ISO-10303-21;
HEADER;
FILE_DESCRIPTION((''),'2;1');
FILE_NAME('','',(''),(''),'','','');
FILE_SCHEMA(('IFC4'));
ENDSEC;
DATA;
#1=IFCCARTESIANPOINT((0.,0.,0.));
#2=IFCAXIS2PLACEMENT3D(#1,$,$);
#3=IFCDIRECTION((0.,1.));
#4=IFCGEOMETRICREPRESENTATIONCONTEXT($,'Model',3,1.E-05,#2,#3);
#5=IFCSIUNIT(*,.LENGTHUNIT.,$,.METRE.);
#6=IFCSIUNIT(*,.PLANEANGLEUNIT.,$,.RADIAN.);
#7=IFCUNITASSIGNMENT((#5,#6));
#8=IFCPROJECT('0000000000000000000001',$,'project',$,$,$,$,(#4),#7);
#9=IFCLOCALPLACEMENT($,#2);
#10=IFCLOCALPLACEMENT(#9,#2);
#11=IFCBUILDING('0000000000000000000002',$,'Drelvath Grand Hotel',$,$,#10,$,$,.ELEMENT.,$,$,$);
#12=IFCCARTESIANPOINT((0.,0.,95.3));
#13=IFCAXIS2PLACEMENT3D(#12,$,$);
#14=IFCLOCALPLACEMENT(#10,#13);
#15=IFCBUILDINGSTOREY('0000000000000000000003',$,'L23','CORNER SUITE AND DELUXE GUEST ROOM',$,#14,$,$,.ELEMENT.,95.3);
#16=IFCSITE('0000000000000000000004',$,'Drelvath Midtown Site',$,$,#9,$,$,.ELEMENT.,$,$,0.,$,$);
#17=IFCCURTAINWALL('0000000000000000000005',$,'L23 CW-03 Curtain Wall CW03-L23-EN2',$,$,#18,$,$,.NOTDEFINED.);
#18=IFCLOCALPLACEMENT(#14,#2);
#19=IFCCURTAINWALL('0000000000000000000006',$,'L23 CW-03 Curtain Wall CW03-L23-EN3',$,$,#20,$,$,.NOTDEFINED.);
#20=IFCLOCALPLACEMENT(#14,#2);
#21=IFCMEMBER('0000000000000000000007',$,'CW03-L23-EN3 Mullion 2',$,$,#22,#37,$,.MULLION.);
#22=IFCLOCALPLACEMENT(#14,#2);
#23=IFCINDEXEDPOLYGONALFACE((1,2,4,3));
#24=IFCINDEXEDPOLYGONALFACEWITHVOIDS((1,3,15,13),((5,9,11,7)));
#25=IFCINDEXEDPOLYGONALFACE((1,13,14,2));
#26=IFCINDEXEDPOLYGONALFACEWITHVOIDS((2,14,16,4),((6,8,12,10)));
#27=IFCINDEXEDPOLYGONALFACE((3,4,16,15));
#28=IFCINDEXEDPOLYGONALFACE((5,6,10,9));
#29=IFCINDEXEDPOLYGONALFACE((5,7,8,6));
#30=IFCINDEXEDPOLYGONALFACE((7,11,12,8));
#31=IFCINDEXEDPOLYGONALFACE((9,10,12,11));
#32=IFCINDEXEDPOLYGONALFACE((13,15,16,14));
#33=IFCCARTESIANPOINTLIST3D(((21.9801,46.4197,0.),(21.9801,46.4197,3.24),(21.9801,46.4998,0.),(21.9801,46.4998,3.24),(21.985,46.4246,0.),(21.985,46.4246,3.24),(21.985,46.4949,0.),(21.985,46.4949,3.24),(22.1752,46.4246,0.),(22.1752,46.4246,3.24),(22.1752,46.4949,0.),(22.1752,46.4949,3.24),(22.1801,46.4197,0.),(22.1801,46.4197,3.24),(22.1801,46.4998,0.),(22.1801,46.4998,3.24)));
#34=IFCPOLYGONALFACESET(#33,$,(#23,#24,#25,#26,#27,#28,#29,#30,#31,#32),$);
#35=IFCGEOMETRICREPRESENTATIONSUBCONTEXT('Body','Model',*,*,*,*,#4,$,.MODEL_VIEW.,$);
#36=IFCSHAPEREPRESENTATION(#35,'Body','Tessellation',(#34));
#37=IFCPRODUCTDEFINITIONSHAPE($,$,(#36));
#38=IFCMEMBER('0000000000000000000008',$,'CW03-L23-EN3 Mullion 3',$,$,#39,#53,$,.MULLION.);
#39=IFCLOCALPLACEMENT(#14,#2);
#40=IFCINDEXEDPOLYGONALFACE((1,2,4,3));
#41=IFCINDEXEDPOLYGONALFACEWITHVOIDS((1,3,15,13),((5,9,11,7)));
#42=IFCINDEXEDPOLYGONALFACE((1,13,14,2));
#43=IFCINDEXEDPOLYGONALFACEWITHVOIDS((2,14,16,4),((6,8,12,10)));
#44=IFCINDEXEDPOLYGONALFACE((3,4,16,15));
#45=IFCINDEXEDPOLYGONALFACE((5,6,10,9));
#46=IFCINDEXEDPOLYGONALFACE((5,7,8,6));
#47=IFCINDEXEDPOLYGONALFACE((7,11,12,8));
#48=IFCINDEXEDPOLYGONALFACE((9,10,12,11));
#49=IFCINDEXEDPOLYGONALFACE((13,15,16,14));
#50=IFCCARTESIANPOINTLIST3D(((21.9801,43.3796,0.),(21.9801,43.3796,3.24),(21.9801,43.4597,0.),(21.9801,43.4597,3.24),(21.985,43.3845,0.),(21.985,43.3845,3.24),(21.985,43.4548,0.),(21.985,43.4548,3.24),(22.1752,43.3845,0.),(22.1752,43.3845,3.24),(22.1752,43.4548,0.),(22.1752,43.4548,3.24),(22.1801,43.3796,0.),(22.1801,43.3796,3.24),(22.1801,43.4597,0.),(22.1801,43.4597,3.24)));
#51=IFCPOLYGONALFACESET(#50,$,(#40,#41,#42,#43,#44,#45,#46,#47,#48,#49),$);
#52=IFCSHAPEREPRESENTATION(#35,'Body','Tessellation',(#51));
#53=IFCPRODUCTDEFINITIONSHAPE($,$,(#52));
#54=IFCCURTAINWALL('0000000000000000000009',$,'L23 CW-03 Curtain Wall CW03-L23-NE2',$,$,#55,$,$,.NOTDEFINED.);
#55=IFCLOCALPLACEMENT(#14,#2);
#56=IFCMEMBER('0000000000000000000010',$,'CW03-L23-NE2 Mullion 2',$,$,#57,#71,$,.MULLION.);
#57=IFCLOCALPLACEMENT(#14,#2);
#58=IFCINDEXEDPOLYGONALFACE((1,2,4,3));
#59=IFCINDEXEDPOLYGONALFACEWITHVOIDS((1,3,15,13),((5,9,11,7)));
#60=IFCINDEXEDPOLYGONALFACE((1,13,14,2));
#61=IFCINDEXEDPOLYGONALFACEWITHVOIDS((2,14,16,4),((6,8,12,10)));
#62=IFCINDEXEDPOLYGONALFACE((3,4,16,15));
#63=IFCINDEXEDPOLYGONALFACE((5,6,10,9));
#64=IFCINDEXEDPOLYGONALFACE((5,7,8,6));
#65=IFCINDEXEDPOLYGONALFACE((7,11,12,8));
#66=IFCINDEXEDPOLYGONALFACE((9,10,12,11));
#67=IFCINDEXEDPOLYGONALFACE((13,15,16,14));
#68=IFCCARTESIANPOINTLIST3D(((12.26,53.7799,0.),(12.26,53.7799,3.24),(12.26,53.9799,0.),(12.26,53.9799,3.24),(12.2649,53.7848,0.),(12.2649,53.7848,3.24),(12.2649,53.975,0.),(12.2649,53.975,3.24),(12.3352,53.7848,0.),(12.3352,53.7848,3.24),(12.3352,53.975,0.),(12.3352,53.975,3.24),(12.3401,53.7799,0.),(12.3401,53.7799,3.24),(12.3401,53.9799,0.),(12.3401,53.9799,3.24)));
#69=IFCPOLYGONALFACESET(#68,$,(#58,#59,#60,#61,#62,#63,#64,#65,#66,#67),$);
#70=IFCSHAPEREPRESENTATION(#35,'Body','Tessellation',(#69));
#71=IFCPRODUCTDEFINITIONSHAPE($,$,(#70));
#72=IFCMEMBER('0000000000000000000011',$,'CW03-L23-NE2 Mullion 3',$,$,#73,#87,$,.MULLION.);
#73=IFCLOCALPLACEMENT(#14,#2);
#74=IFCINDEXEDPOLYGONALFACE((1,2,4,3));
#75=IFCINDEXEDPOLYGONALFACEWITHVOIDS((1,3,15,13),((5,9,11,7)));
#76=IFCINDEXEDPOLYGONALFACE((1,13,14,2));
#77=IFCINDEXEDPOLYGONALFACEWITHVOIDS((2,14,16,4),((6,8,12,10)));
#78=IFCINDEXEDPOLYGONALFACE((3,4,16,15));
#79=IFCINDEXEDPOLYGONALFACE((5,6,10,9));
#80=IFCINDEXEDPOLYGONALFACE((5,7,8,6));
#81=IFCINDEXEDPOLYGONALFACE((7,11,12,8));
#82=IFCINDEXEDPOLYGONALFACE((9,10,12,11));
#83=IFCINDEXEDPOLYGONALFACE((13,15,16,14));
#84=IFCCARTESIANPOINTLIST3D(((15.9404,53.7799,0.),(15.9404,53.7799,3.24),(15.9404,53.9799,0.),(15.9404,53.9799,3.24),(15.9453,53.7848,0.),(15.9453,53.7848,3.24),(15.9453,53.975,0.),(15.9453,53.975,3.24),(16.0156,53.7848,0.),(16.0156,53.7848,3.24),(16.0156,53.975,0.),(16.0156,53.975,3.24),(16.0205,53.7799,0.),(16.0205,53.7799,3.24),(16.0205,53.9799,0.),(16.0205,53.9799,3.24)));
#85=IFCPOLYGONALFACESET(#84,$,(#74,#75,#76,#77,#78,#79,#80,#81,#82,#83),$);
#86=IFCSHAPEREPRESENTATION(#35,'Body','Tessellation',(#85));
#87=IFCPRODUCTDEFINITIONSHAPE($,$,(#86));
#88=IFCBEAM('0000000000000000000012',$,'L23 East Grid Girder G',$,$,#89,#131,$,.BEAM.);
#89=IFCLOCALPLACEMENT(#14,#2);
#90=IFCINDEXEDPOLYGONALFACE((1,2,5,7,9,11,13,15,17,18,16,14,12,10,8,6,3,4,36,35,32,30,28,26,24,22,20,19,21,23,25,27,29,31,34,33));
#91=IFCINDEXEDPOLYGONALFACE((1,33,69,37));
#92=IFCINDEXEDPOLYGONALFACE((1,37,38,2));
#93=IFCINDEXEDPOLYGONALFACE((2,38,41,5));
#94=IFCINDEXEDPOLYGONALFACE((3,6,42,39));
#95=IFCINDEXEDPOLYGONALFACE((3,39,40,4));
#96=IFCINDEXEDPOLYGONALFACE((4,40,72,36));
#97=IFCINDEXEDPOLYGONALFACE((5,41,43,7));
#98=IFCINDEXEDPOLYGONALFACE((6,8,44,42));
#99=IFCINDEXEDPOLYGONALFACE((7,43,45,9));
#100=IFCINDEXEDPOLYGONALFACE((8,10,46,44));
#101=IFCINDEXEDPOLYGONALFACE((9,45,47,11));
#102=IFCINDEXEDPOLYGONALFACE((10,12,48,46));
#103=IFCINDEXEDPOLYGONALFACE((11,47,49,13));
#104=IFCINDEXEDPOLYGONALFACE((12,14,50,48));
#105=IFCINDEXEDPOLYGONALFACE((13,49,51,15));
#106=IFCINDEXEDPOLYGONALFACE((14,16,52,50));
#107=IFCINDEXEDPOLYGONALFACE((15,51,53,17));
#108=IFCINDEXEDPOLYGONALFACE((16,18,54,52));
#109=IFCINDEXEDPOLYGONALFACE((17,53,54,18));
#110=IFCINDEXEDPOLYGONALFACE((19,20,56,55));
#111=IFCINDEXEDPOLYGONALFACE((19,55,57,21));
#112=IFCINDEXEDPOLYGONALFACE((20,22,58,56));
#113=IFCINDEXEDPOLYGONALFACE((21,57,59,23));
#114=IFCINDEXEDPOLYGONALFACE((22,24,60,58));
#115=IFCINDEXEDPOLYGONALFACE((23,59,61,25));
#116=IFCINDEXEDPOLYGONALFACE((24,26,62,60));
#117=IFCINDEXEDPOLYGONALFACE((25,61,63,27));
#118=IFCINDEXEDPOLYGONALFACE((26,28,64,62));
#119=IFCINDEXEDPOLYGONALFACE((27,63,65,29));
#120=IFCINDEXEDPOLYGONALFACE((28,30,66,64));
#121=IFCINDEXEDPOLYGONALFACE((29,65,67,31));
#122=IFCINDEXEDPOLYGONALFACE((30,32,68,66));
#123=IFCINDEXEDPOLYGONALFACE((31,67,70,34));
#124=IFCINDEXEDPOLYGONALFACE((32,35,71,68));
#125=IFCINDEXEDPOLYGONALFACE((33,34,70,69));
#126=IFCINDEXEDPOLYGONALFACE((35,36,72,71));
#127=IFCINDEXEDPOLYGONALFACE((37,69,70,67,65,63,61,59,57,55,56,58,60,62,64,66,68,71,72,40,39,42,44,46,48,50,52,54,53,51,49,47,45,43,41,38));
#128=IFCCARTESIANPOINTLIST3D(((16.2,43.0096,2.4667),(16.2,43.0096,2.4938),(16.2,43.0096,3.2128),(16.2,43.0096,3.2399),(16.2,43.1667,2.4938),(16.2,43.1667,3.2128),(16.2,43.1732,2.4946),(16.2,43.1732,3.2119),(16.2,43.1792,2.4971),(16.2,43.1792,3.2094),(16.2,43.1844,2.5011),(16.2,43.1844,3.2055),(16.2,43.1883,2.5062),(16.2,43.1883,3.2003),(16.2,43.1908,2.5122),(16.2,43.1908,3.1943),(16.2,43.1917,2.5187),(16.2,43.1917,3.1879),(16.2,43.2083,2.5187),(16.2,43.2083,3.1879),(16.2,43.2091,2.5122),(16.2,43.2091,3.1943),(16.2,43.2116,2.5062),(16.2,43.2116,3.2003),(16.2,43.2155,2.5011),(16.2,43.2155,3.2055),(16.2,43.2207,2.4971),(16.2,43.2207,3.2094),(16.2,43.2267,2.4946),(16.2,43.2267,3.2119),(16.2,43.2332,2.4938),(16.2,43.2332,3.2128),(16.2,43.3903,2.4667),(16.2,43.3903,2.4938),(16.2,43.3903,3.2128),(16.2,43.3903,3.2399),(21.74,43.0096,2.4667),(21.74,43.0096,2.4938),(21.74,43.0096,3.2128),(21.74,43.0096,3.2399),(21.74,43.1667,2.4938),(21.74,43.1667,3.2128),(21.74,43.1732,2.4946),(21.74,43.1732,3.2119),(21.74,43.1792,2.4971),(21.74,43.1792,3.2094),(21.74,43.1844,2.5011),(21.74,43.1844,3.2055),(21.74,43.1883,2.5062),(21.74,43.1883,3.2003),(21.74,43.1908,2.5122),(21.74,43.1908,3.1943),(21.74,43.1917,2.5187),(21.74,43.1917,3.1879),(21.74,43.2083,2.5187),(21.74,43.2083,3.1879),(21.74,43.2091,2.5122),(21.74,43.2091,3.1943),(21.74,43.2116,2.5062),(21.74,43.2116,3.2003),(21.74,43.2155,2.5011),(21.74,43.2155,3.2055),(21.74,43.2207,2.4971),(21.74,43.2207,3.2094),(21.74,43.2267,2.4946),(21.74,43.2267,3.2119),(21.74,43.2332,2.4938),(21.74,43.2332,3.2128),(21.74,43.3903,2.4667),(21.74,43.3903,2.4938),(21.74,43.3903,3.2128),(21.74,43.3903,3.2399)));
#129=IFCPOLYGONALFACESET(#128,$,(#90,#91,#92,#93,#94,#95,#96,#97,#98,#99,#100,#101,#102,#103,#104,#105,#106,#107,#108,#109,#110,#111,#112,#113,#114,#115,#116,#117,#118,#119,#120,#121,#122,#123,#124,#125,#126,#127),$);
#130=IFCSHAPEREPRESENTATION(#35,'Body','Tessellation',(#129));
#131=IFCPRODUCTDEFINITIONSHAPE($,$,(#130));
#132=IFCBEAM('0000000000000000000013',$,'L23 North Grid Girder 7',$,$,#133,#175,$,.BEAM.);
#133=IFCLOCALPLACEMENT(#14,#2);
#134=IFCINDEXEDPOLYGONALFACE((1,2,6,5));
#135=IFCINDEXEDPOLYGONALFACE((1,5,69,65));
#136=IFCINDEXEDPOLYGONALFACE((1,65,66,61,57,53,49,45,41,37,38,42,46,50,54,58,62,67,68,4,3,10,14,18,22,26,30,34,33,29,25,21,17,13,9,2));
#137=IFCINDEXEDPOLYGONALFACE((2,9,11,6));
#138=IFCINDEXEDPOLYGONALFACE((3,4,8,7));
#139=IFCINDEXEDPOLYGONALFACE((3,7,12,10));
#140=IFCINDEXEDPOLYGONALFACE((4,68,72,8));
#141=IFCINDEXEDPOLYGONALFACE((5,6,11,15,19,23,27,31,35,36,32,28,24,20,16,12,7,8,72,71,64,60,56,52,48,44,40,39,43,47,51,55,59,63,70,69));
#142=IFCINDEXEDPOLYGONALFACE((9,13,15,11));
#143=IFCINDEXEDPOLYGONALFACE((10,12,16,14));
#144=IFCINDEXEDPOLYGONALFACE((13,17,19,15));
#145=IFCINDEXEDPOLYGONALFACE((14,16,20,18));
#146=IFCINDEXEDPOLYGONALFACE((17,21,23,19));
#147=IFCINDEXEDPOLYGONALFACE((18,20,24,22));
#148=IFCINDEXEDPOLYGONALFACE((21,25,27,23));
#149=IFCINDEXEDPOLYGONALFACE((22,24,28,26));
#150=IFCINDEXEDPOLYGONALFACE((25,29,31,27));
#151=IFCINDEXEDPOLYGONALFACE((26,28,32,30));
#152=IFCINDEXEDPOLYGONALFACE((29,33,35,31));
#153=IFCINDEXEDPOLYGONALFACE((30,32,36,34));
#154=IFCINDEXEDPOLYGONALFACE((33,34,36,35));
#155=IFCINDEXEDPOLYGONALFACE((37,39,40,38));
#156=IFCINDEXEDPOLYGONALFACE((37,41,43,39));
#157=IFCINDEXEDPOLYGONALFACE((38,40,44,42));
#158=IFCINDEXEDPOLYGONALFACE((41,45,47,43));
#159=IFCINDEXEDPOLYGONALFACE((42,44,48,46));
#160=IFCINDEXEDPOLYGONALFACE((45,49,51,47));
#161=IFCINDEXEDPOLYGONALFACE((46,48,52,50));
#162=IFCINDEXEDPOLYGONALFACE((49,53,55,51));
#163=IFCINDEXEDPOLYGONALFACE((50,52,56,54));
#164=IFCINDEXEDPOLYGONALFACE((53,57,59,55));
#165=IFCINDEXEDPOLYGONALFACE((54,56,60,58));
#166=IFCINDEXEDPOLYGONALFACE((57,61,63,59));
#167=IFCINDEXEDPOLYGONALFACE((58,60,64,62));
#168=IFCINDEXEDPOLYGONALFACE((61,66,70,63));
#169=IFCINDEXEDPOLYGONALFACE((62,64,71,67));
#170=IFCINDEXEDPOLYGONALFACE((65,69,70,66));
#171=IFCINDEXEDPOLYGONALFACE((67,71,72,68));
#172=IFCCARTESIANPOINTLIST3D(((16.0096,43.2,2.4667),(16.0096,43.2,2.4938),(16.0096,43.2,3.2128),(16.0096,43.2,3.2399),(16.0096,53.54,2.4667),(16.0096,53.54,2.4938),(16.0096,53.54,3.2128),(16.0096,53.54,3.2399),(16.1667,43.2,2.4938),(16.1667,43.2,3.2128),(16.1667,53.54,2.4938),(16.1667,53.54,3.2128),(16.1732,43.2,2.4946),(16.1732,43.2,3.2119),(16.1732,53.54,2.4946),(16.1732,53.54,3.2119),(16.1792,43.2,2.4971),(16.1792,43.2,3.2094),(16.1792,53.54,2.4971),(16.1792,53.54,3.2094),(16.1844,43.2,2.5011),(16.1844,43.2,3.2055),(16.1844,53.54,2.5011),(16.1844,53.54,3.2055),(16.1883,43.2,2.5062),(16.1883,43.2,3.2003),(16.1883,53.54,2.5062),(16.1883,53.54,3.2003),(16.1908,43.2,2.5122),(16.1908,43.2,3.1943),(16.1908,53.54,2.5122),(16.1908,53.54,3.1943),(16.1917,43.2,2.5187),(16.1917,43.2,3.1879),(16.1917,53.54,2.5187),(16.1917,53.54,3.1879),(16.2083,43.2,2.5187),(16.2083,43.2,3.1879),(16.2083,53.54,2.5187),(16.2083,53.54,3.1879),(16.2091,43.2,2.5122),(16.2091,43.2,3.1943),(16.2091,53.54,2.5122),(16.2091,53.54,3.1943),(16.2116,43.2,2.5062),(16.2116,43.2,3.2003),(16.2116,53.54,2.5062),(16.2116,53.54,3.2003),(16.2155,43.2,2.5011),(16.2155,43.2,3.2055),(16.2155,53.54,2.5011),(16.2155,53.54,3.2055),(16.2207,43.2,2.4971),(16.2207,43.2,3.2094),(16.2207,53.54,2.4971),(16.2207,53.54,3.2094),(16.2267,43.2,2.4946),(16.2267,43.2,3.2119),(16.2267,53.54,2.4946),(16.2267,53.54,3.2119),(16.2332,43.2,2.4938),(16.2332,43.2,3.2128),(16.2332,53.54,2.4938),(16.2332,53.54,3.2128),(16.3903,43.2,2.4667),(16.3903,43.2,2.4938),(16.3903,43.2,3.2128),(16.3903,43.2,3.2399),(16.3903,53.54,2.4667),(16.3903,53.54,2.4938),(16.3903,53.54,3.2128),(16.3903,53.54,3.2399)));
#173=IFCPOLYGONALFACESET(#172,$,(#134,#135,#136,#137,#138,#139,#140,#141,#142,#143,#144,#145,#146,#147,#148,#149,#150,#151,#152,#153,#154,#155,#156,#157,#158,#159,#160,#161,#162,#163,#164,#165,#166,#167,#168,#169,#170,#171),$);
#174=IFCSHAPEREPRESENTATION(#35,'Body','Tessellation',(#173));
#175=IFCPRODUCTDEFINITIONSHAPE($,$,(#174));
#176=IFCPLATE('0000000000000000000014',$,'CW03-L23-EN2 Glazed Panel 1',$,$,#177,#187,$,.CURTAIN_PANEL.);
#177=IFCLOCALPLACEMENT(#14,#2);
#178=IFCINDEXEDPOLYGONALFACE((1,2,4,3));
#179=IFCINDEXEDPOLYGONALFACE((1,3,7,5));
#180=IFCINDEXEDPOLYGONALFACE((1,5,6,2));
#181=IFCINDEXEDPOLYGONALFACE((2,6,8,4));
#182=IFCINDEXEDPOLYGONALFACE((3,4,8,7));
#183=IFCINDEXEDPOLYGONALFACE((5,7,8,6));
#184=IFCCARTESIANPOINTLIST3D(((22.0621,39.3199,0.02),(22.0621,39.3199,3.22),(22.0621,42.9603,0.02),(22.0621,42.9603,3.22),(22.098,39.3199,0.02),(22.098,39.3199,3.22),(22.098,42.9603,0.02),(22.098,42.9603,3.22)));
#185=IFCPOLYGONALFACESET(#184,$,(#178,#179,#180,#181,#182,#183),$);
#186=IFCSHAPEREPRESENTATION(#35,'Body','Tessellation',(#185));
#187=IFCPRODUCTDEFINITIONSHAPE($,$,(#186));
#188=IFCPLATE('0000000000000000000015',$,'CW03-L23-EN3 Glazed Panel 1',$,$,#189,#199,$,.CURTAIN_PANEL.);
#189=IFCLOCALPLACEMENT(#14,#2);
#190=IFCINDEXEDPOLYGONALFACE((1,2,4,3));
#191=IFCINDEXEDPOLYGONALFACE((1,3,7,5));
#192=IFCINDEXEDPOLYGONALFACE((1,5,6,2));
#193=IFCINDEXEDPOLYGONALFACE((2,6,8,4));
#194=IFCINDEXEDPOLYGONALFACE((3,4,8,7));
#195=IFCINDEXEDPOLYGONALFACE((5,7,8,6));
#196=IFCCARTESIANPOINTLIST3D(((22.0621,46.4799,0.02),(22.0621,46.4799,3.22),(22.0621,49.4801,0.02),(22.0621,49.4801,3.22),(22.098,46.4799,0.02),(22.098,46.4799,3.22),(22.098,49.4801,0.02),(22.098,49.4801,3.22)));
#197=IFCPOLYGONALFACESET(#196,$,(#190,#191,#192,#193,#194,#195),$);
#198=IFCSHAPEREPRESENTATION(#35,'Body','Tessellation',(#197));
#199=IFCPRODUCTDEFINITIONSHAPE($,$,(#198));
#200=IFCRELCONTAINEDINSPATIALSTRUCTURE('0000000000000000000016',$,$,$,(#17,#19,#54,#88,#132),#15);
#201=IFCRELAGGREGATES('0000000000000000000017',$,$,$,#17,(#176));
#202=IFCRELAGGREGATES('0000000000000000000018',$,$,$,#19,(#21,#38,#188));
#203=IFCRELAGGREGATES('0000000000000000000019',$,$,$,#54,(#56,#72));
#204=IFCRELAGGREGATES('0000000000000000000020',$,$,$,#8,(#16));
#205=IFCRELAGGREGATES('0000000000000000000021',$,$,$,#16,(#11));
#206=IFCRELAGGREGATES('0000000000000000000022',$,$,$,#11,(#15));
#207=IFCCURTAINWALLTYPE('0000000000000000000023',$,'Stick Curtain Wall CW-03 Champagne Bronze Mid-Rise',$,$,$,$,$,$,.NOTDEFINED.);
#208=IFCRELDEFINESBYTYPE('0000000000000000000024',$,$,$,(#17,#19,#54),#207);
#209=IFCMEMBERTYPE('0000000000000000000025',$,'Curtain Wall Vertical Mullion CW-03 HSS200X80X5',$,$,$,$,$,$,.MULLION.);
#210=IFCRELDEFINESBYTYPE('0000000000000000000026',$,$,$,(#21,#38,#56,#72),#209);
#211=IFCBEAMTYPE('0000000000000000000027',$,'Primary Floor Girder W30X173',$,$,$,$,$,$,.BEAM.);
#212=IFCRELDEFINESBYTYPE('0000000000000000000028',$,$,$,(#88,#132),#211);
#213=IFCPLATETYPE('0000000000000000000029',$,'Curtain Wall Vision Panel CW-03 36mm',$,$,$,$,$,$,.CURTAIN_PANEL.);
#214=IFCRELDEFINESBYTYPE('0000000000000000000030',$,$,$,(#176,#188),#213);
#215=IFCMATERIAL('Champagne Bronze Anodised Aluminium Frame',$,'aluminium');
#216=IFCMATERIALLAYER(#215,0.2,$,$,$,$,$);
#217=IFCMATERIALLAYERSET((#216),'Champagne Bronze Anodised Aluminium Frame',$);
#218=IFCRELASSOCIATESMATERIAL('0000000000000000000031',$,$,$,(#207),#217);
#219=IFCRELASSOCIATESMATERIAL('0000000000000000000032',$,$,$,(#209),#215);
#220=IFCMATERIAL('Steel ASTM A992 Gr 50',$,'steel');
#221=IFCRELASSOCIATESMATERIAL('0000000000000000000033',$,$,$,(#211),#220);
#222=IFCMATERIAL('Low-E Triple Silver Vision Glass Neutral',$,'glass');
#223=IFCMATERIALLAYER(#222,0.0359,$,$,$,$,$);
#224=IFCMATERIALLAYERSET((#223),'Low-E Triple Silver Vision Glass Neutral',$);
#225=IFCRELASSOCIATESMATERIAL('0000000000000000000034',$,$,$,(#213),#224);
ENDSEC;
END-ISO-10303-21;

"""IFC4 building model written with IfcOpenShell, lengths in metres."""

from ifc_helpers import new_model, si_unit, direction, frame, origin, origin_2d, place, context, subcontext, project, spatial, rectangle, hollow_rectangle, i_section, extrude, material, layer, layer_set, material_profile, profile_set, type_object, element, aggregate, save


model = new_model("IFC4")

# Units and contexts
model_context = context("Model", 3, precision=1e-05, world=origin(), true_north=direction((0.0, 1.0)))
body_context = subcontext(model_context, "Body", "Model", "MODEL_VIEW")
ifc_project = project(units=[si_unit("LENGTHUNIT", "METRE"), si_unit("PLANEANGLEUNIT", "RADIAN")], contexts=[model_context])

# Site, building, storey
site_placement = place(None, origin())
site = spatial("IfcSite", under=ifc_project, at=site_placement, Name="Drelvath Midtown Site", CompositionType="ELEMENT", RefElevation=0.0)
building_placement = place(site_placement, origin())
building = spatial("IfcBuilding", under=site, at=building_placement, Name="Drelvath Grand Hotel", CompositionType="ELEMENT")
storey_placement = place(building_placement, frame((0.0, 0.0, 95.3)))
storey = spatial("IfcBuildingStorey", under=building, at=storey_placement, Name="L23", Description="CORNER SUITE AND DELUXE GUEST ROOM", CompositionType="ELEMENT", Elevation=95.3)

# Curtain walls
ifc_material_1 = material(Name="Champagne Bronze Anodised Aluminium Frame", Category="aluminium")
ifc_layer_1 = layer(ifc_material_1, 0.2)
ifc_layer_set_1 = layer_set([ifc_layer_1], Name="Champagne Bronze Anodised Aluminium Frame")
curtain_wall_type = type_object("IfcCurtainWallType", Name="Stick Curtain Wall CW-03 Champagne Bronze Mid-Rise", PredefinedType="NOTDEFINED", material=ifc_layer_set_1)
curtain_wall_1_placement = place(storey_placement, origin())
curtain_wall_1 = element("IfcCurtainWall", 1, at=curtain_wall_1_placement, inside=storey, type_object=curtain_wall_type, Name="L23 CW-03 Curtain Wall CW03-L23-EN2", PredefinedType="NOTDEFINED")
curtain_wall_2_placement = place(storey_placement, origin())
curtain_wall_2 = element("IfcCurtainWall", 2, at=curtain_wall_2_placement, inside=storey, type_object=curtain_wall_type, Name="L23 CW-03 Curtain Wall CW03-L23-EN3", PredefinedType="NOTDEFINED")

# Members
ifc_material_profile_1 = material_profile(ifc_material_1, hollow_rectangle(XDim=0.0801, YDim=0.2, WallThickness=0.0049, at=origin_2d()), Name="HSS200X80X5")
ifc_profile_set_1 = profile_set([ifc_material_profile_1], Name="Champagne Bronze Anodised Aluminium Frame")
member_type_1 = type_object("IfcMemberType", Name="Curtain Wall Vertical Mullion CW-03 HSS200X80X5", PredefinedType="MULLION", material=ifc_profile_set_1)
member_1_placement = place(storey_placement, frame((22.0801, 46.4597, 0.0), z_axis=(0.0, 0.0, 1.0), x_axis=(0.0, 1.0, 0.0)))
member_1 = element("IfcMember", 3, at=member_1_placement, type_object=member_type_1, Name="CW03-L23-EN3 Mullion 2", PredefinedType="MULLION", context=body_context, shape_type="SweptSolid", body=[
    extrude(hollow_rectangle(XDim=0.0801, YDim=0.2, WallThickness=0.0049, at=origin_2d()), origin(), (0.0, 0.0, 1.0), 3.24),
])
member_2_placement = place(storey_placement, frame((22.0801, 43.4197, 0.0), z_axis=(0.0, 0.0, 1.0), x_axis=(0.0, 1.0, 0.0)))
member_2 = element("IfcMember", 4, at=member_2_placement, type_object=member_type_1, Name="CW03-L23-EN3 Mullion 3", PredefinedType="MULLION", context=body_context, shape_type="SweptSolid", body=[
    extrude(hollow_rectangle(XDim=0.0801, YDim=0.2, WallThickness=0.0049, at=origin_2d()), origin(), (0.0, 0.0, 1.0), 3.24),
])

# Curtain wall, members
curtain_wall_3_placement = place(storey_placement, origin())
curtain_wall_3 = element("IfcCurtainWall", 5, at=curtain_wall_3_placement, inside=storey, type_object=curtain_wall_type, Name="L23 CW-03 Curtain Wall CW03-L23-NE2", PredefinedType="NOTDEFINED")
member_3_placement = place(storey_placement, frame((12.3, 53.8799, 0.0), z_axis=(0.0, 0.0, 1.0), x_axis=(1.0, 0.0, 0.0)))
member_3 = element("IfcMember", 6, at=member_3_placement, type_object=member_type_1, Name="CW03-L23-NE2 Mullion 2", PredefinedType="MULLION", context=body_context, shape_type="SweptSolid", body=[
    extrude(hollow_rectangle(XDim=0.0801, YDim=0.2, WallThickness=0.0049, at=origin_2d()), origin(), (0.0, 0.0, 1.0), 3.24),
])
member_4_placement = place(storey_placement, frame((15.9805, 53.8799, 0.0), z_axis=(0.0, 0.0, 1.0), x_axis=(1.0, 0.0, 0.0)))
member_4 = element("IfcMember", 7, at=member_4_placement, type_object=member_type_1, Name="CW03-L23-NE2 Mullion 3", PredefinedType="MULLION", context=body_context, shape_type="SweptSolid", body=[
    extrude(hollow_rectangle(XDim=0.0801, YDim=0.2, WallThickness=0.0049, at=origin_2d()), origin(), (0.0, 0.0, 1.0), 3.24),
])

# Beams
ifc_material_2 = material(Name="Steel ASTM A992 Gr 50", Category="steel")
ifc_material_profile_2 = material_profile(ifc_material_2, i_section(OverallWidth=0.3806, OverallDepth=0.7732, WebThickness=0.0166, FlangeThickness=0.0271, FilletRadius=0.0249, at=origin_2d()), Name="W30X173")
ifc_profile_set_2 = profile_set([ifc_material_profile_2], Name="Steel ASTM A992 Gr 50")
beam_type = type_object("IfcBeamType", Name="Primary Floor Girder W30X173", PredefinedType="BEAM", material=ifc_profile_set_2)
beam_1_placement = place(storey_placement, frame((16.2, 43.2, 2.8533), z_axis=(1.0, 0.0, 0.0), x_axis=(0.0, 1.0, 0.0)))
element("IfcBeam", 8, at=beam_1_placement, inside=storey, type_object=beam_type, Name="L23 East Grid Girder G", PredefinedType="BEAM", context=body_context, shape_type="SweptSolid", body=[
    extrude(i_section(OverallWidth=0.3806, OverallDepth=0.7732, WebThickness=0.0166, FlangeThickness=0.0271, FilletRadius=0.0249, at=origin_2d()), origin(), (0.0, 0.0, 1.0), 5.54),
])
beam_2_placement = place(storey_placement, frame((16.2, 43.2, 2.8533), z_axis=(0.0, 1.0, 0.0), x_axis=(-1.0, 0.0, 0.0)))
element("IfcBeam", 9, at=beam_2_placement, inside=storey, type_object=beam_type, Name="L23 North Grid Girder 7", PredefinedType="BEAM", context=body_context, shape_type="SweptSolid", body=[
    extrude(i_section(OverallWidth=0.3806, OverallDepth=0.7732, WebThickness=0.0166, FlangeThickness=0.0271, FilletRadius=0.0249, at=origin_2d()), origin(), (0.0, 0.0, 1.0), 10.3401),
])

# Plates
ifc_material_3 = material(Name="Low-E Triple Silver Vision Glass Neutral", Category="glass")
ifc_layer_2 = layer(ifc_material_3, 0.0359)
ifc_layer_set_2 = layer_set([ifc_layer_2], Name="Low-E Triple Silver Vision Glass Neutral")
plate_type = type_object("IfcPlateType", Name="Curtain Wall Vision Panel CW-03 36mm", PredefinedType="CURTAIN_PANEL", material=ifc_layer_set_2)
plate_1_placement = place(storey_placement, frame((22.0801, 41.1401, 0.02), z_axis=(0.0, 0.0, 1.0), x_axis=(0.0, -1.0, 0.0)))
plate_1 = element("IfcPlate", 10, at=plate_1_placement, type_object=plate_type, Name="CW03-L23-EN2 Glazed Panel 1", PredefinedType="CURTAIN_PANEL", context=body_context, shape_type="SweptSolid", body=[
    extrude(rectangle(XDim=3.6404, YDim=0.0359, at=origin_2d()), origin(), (0.0, 0.0, 1.0), 3.2),
])
aggregate(curtain_wall_1, [plate_1])
plate_2_placement = place(storey_placement, frame((22.0801, 47.98, 0.02), z_axis=(0.0, 0.0, 1.0), x_axis=(0.0, -1.0, 0.0)))
plate_2 = element("IfcPlate", 11, at=plate_2_placement, type_object=plate_type, Name="CW03-L23-EN3 Glazed Panel 1", PredefinedType="CURTAIN_PANEL", context=body_context, shape_type="SweptSolid", body=[
    extrude(rectangle(XDim=3.0002, YDim=0.0359, at=origin_2d()), origin(), (0.0, 0.0, 1.0), 3.2),
])
aggregate(curtain_wall_2, [member_1, member_2, plate_2])
aggregate(curtain_wall_3, [member_3, member_4])

save(model, "model.ifc")
